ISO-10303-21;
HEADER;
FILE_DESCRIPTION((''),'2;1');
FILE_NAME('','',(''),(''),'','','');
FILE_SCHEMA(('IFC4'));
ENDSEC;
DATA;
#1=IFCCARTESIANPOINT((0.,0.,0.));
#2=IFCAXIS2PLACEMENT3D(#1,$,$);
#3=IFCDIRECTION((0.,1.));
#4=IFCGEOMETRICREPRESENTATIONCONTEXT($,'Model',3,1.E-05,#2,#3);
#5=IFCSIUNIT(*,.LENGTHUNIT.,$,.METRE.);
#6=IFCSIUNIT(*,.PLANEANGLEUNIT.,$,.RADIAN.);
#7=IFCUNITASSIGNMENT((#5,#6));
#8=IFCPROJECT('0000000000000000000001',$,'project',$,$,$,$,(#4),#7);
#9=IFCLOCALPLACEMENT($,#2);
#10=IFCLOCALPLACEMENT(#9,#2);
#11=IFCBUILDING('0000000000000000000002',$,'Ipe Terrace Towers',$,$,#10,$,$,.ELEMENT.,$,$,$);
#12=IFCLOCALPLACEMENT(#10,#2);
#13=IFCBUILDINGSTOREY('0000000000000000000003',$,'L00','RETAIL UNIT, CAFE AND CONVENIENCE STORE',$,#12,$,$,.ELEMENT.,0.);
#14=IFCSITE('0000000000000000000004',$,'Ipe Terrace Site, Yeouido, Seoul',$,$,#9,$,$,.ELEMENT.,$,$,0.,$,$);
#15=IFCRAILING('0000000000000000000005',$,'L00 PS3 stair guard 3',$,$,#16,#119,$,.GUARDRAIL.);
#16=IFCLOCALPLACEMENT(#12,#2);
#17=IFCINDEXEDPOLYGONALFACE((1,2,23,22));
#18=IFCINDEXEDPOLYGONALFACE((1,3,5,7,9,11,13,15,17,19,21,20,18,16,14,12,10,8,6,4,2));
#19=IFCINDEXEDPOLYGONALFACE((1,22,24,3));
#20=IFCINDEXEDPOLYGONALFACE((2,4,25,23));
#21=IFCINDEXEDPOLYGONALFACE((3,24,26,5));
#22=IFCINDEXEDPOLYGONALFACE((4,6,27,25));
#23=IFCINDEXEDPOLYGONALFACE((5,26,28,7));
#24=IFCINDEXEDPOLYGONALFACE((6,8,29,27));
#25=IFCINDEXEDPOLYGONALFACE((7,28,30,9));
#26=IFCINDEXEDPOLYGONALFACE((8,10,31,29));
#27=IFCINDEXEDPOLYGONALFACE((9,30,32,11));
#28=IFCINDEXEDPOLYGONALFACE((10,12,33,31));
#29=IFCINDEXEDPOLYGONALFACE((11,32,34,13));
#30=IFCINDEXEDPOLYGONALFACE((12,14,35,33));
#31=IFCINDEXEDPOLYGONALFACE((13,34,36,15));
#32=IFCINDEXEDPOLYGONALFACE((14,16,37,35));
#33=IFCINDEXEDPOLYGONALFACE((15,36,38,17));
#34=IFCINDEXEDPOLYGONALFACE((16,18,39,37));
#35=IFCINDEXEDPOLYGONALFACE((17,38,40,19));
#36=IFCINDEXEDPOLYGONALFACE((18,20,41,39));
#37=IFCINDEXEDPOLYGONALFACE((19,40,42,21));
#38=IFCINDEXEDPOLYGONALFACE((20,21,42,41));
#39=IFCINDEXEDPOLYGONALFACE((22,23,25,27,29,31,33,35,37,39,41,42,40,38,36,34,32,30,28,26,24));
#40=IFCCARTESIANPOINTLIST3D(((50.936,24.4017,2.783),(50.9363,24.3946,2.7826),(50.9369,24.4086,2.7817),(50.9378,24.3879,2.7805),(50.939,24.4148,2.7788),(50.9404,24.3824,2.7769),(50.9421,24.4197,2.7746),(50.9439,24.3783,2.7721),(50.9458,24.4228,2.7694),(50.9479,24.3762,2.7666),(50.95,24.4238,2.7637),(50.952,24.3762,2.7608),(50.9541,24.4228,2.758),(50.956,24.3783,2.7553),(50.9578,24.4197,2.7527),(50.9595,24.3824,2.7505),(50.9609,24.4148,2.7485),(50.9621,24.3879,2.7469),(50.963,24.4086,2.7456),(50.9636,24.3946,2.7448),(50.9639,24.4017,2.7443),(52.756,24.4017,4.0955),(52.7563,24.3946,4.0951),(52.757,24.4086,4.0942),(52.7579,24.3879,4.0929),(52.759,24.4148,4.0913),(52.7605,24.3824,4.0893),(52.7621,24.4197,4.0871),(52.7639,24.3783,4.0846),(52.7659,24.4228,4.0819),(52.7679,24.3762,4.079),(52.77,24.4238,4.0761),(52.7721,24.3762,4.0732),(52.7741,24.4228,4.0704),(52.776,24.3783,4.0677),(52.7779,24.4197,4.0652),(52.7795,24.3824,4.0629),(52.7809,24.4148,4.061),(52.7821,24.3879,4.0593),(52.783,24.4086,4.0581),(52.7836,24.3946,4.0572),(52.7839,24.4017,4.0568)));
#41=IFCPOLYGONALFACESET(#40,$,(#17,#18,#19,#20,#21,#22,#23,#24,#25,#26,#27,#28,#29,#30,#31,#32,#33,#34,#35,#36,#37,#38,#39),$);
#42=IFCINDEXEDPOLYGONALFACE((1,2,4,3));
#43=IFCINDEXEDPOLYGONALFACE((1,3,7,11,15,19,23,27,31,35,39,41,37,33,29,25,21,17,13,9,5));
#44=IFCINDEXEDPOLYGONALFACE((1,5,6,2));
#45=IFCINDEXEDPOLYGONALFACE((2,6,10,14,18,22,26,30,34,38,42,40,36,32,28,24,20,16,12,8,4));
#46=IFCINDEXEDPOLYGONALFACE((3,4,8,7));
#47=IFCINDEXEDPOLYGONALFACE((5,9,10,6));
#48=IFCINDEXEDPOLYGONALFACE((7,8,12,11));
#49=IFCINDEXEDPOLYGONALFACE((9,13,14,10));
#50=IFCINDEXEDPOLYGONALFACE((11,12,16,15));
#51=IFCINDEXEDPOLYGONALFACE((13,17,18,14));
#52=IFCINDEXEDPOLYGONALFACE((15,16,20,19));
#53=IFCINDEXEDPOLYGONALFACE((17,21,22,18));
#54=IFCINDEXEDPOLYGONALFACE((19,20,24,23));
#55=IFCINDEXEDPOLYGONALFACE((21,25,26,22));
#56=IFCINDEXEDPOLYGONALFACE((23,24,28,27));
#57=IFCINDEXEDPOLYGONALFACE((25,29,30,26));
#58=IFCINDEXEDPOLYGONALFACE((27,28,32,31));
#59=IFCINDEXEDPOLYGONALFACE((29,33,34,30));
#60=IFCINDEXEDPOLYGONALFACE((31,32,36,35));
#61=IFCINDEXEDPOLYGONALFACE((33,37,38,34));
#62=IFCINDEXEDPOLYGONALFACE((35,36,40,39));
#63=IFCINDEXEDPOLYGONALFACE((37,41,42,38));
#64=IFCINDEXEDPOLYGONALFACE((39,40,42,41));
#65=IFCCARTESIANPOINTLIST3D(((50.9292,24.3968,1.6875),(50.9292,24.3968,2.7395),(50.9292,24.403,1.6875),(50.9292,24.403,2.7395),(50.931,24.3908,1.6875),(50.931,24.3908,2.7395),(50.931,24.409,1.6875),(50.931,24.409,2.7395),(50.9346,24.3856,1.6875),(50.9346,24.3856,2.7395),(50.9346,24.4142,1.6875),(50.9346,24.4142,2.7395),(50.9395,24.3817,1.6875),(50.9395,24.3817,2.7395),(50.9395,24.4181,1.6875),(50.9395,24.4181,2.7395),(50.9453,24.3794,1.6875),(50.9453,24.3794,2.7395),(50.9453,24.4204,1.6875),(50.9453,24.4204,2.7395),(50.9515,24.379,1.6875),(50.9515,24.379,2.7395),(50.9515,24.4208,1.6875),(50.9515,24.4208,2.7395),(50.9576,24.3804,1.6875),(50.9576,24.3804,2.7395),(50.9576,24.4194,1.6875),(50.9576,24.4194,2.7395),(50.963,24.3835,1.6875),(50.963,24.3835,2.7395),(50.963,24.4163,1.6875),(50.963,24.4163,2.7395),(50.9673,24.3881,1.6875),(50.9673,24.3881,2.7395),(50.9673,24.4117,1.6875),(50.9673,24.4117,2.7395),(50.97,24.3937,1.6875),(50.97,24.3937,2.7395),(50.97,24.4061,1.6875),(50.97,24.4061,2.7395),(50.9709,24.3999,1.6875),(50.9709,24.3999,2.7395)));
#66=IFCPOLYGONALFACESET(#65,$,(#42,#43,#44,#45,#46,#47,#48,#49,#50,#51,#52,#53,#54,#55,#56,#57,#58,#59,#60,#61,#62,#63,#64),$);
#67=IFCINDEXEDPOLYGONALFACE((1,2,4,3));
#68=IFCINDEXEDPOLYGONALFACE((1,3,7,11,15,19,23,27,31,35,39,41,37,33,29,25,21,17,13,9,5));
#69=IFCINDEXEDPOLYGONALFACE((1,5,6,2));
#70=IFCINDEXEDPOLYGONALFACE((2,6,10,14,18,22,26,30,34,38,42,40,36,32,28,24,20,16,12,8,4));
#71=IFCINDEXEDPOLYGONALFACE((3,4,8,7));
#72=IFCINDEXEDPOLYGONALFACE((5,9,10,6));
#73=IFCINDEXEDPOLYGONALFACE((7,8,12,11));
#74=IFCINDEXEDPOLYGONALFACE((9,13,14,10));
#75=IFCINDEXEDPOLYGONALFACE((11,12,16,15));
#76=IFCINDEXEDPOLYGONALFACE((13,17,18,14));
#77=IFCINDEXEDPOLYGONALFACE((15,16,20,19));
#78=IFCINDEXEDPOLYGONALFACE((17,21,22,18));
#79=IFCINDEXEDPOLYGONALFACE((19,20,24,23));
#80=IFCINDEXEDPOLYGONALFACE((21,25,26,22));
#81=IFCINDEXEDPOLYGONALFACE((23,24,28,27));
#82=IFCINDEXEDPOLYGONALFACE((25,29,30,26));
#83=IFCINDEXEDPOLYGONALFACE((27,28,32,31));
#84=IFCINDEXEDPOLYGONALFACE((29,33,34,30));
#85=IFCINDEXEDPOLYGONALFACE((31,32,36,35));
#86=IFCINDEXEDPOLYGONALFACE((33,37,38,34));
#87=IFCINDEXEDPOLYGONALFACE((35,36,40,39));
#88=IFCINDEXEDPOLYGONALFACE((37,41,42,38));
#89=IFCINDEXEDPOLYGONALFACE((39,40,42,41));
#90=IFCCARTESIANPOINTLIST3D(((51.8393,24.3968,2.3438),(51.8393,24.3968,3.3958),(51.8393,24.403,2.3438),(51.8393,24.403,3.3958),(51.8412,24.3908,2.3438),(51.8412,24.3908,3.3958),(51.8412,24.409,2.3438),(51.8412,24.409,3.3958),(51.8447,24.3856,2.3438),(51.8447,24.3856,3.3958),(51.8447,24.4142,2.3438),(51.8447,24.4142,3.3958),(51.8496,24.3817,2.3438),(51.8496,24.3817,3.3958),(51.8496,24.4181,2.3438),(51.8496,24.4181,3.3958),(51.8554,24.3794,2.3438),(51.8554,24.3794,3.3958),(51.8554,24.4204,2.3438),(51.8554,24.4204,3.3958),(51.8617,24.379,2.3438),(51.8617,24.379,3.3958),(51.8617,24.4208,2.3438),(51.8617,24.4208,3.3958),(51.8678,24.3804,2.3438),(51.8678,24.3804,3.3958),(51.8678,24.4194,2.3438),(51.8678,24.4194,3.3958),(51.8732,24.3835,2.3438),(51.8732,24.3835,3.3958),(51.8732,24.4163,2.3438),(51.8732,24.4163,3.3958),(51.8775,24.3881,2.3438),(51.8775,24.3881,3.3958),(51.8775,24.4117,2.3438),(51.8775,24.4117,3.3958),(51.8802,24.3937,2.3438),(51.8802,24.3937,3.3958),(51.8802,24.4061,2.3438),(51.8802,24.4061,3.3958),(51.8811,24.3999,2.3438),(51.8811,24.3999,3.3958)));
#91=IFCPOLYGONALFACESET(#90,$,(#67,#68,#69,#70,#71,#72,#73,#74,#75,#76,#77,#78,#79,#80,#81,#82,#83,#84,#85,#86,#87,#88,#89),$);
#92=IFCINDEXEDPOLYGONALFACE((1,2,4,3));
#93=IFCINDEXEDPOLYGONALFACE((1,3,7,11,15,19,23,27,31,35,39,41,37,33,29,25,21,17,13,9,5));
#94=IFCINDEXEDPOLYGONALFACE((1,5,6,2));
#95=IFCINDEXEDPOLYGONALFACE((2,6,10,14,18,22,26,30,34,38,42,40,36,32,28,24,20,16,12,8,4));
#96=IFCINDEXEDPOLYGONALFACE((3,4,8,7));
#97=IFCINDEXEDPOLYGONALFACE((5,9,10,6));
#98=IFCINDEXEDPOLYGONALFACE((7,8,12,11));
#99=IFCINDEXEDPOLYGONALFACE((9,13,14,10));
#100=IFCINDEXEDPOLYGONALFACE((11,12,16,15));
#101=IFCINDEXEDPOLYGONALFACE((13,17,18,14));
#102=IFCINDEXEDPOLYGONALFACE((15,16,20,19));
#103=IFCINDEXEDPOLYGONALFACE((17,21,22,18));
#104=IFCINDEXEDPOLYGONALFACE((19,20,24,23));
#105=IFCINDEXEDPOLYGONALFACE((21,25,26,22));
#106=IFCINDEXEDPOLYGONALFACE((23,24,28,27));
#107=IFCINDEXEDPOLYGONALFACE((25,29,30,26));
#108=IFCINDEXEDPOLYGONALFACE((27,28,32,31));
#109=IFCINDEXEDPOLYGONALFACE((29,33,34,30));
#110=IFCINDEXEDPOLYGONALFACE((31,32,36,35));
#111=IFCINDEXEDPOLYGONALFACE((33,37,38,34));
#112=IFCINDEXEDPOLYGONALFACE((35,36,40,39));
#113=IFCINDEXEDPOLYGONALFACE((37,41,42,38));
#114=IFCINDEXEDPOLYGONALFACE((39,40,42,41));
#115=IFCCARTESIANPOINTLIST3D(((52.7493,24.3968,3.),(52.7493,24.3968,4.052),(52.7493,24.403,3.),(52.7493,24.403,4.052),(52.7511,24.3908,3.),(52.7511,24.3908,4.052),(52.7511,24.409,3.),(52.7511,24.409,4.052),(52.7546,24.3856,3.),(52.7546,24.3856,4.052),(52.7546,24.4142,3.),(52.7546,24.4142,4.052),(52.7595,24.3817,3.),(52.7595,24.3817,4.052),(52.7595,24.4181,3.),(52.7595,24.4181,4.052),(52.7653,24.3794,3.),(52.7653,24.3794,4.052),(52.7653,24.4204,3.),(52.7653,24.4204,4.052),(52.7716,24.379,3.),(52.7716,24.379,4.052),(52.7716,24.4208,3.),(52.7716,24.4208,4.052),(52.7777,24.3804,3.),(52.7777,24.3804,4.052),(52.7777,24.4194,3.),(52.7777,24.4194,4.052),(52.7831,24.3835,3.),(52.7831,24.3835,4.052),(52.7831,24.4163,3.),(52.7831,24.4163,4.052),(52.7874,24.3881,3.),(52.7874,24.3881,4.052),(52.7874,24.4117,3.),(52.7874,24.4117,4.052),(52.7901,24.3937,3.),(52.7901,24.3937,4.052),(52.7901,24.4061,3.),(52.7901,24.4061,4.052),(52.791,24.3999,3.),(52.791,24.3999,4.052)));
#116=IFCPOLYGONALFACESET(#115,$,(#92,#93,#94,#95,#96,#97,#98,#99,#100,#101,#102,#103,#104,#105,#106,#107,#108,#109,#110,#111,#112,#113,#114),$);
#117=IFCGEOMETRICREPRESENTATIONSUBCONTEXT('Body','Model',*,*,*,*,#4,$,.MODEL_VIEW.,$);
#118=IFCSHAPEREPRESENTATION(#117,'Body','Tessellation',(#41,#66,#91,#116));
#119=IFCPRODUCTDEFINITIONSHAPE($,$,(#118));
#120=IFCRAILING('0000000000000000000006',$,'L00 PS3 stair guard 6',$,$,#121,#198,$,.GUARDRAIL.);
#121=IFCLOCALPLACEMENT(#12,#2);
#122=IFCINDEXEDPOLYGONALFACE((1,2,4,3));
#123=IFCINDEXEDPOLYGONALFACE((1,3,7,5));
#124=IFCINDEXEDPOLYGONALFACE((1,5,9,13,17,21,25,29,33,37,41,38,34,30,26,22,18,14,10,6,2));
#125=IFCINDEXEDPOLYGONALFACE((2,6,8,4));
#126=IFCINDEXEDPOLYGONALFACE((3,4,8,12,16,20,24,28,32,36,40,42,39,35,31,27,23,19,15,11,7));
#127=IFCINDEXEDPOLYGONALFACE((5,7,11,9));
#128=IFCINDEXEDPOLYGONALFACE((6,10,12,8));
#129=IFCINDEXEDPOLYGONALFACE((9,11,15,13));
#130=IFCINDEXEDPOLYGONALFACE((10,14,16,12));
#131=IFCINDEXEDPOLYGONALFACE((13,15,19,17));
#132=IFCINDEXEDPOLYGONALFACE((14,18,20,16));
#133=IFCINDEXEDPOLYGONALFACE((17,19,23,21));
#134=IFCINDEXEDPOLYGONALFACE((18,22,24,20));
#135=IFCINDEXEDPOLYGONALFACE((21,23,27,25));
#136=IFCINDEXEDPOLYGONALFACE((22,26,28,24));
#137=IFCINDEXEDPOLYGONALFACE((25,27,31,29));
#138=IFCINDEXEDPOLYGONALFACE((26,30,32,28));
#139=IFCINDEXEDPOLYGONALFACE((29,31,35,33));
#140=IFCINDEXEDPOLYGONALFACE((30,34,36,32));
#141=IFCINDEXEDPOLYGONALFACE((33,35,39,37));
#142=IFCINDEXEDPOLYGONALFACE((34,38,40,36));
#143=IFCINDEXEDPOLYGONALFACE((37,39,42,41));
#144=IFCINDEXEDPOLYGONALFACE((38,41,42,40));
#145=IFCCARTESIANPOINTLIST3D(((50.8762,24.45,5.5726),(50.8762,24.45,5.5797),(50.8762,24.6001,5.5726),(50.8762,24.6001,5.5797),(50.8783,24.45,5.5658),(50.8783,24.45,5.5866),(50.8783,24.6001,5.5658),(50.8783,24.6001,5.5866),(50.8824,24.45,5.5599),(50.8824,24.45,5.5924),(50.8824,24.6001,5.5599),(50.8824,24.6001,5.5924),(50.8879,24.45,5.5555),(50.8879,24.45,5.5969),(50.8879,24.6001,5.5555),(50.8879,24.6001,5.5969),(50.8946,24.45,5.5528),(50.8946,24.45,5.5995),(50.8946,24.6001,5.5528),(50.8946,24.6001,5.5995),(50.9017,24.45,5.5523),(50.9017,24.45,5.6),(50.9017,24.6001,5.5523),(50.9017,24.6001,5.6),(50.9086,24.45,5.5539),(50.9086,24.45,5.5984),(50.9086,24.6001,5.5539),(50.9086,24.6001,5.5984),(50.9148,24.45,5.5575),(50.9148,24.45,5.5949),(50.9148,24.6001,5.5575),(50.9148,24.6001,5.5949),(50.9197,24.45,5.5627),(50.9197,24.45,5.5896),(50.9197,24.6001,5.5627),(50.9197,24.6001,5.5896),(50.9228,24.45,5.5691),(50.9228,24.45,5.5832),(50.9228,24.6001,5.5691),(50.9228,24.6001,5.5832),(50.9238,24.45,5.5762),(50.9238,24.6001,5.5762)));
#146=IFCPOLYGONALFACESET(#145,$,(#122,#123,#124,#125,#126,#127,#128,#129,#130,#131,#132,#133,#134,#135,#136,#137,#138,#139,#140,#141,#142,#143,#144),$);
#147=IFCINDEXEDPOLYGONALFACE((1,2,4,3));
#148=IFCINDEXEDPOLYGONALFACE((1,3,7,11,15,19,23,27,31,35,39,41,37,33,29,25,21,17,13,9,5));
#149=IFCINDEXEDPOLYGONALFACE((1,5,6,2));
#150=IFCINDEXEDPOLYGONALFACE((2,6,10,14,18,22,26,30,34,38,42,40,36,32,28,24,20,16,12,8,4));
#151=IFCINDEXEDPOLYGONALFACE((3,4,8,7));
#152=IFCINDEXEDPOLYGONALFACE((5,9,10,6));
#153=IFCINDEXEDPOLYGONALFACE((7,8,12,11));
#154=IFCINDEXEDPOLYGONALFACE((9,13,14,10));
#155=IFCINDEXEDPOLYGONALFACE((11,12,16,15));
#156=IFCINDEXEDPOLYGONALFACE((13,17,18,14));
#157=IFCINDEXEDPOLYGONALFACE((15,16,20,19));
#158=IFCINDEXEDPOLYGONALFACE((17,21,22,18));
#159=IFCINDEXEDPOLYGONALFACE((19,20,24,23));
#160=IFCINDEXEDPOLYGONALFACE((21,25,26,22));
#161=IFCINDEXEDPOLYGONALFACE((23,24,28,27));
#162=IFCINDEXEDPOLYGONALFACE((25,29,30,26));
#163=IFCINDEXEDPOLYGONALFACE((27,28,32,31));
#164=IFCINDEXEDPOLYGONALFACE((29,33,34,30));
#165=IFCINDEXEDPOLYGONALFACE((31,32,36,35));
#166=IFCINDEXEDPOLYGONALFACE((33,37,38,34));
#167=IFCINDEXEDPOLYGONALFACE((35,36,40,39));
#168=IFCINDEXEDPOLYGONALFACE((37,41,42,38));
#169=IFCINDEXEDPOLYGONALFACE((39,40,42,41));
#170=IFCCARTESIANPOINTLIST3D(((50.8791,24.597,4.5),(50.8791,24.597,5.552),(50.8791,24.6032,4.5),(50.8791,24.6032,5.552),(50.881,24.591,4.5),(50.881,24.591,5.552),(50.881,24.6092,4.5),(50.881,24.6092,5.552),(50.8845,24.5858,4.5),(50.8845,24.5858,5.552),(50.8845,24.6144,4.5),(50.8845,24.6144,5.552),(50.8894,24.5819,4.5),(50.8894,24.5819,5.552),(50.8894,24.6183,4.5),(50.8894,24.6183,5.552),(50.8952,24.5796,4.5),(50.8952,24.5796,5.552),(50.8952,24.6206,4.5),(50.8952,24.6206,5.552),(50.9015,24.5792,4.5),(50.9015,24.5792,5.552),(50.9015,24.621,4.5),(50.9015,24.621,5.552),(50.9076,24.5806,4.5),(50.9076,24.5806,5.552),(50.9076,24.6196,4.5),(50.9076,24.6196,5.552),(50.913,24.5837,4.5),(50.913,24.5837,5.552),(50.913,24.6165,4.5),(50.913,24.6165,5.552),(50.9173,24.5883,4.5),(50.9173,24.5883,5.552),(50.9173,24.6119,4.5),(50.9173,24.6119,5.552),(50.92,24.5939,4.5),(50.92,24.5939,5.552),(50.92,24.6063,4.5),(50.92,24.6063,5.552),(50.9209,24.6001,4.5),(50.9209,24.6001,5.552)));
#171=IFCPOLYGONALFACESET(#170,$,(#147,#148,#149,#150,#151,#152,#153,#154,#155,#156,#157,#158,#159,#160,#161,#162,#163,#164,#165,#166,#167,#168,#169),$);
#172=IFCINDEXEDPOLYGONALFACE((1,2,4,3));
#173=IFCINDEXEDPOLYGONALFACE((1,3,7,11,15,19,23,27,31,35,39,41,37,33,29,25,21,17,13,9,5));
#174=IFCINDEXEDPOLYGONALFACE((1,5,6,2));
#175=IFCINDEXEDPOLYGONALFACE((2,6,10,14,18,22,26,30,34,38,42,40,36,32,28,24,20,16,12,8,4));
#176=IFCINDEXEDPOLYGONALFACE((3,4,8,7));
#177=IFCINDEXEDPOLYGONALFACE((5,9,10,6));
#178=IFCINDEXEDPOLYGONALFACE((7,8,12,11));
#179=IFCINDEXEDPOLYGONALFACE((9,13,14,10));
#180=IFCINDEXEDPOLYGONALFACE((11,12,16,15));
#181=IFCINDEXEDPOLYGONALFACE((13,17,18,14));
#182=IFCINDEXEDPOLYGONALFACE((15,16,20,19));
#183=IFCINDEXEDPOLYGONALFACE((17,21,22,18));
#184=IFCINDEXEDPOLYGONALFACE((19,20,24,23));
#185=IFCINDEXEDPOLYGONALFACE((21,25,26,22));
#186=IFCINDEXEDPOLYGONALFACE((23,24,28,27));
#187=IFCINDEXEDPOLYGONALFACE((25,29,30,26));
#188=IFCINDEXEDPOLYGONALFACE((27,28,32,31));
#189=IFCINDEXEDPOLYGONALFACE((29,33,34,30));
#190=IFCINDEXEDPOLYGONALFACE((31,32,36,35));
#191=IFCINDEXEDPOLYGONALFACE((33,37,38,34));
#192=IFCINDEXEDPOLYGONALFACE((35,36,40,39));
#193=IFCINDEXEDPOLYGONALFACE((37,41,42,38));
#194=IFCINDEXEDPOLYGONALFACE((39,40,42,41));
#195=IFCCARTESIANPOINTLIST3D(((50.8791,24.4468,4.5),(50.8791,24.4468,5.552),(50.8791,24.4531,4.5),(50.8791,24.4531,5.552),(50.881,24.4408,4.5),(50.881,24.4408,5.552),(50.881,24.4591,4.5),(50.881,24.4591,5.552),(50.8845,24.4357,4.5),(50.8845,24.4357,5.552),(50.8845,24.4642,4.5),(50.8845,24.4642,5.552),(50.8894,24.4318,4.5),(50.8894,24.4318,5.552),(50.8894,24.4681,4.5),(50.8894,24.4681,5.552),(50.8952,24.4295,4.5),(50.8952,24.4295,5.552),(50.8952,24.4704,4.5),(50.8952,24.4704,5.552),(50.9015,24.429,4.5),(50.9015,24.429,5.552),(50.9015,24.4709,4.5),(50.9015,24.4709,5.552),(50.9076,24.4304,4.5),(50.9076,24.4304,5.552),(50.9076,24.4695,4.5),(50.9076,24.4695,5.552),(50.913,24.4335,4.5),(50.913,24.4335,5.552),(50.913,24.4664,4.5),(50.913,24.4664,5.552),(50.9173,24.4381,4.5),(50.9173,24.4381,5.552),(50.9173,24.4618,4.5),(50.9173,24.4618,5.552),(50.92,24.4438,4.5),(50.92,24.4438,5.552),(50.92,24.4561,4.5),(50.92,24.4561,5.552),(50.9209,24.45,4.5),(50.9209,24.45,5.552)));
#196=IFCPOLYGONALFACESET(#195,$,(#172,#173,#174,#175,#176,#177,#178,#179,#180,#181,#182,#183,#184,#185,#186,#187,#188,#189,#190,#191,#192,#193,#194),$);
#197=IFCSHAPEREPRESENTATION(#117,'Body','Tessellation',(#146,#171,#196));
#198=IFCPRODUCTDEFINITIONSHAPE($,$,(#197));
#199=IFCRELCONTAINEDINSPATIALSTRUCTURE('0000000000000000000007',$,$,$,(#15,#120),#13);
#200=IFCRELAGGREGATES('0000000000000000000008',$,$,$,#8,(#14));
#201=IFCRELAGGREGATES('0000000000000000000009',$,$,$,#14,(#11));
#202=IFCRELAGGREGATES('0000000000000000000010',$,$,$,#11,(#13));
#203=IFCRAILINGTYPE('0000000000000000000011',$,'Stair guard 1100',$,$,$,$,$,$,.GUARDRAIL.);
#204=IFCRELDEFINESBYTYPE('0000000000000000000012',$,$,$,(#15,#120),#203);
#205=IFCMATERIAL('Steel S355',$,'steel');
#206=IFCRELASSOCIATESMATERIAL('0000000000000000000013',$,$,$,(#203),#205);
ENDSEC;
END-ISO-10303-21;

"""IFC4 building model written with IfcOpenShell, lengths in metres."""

from ifc_helpers import new_model, si_unit, direction, frame, origin, origin_2d, place, context, subcontext, project, spatial, circle, extrude, material, type_object, element, save


model = new_model("IFC4")

# Units and contexts
model_context = context("Model", 3, precision=1e-05, world=origin(), true_north=direction((0.0, 1.0)))
body_context = subcontext(model_context, "Body", "Model", "MODEL_VIEW")
ifc_project = project(units=[si_unit("LENGTHUNIT", "METRE"), si_unit("PLANEANGLEUNIT", "RADIAN")], contexts=[model_context])

# Site, building, storey
site_placement = place(None, origin())
site = spatial("IfcSite", under=ifc_project, at=site_placement, Name="Ipe Terrace Site, Yeouido, Seoul", CompositionType="ELEMENT", RefElevation=0.0)
building_placement = place(site_placement, origin())
building = spatial("IfcBuilding", under=site, at=building_placement, Name="Ipe Terrace Towers", CompositionType="ELEMENT")
storey_placement = place(building_placement, origin())
storey = spatial("IfcBuildingStorey", under=building, at=storey_placement, Name="L00", Description="RETAIL UNIT, CAFE AND CONVENIENCE STORE", CompositionType="ELEMENT", Elevation=0.0)

# Railings
ifc_material_1 = material(Name="Steel S355", Category="steel")
railing_type_1 = type_object("IfcRailingType", Name="Stair guard 1100", PredefinedType="GUARDRAIL", material=ifc_material_1)
railing_1_placement = place(storey_placement, frame((50.95, 24.3999, 1.6875)))
element("IfcRailing", 1, at=railing_1_placement, inside=storey, type_object=railing_type_1, Name="L00 PS3 stair guard 3", PredefinedType="GUARDRAIL", context=body_context, shape_type="SweptSolid", body=[
    extrude(circle(Radius=0.0239, at=origin_2d()), frame((0.0, 0.0, 1.0762), z_axis=(0.811101, 0.0, 0.584906), x_axis=(0.0, 1.0, 0.0)), (0.0, 0.0, 1.0), 2.2439),
    extrude(circle(Radius=0.021, at=origin_2d()), origin(), (0.0, 0.0, 1.0), 1.052),
    extrude(circle(Radius=0.021, at=origin_2d()), frame((0.9102, 0.0, 0.6562)), (0.0, 0.0, 1.0), 1.052),
    extrude(circle(Radius=0.021, at=origin_2d()), frame((1.8201, 0.0, 1.3125)), (0.0, 0.0, 1.0), 1.052),
])
railing_2_placement = place(storey_placement, frame((50.8999, 24.6001, 4.5)))
element("IfcRailing", 2, at=railing_2_placement, inside=storey, type_object=railing_type_1, Name="L00 PS3 stair guard 6", PredefinedType="GUARDRAIL", context=body_context, shape_type="SweptSolid", body=[
    extrude(circle(Radius=0.0239, at=origin_2d()), frame((0.0, 0.0, 1.0762), z_axis=(0.0, -1.0, 0.0), x_axis=(1.0, 0.0, 0.0)), (0.0, 0.0, 1.0), 0.1501),
    extrude(circle(Radius=0.021, at=origin_2d()), origin(), (0.0, 0.0, 1.0), 1.052),
    extrude(circle(Radius=0.021, at=origin_2d()), frame((0.0, -0.1501, 0.0)), (0.0, 0.0, 1.0), 1.052),
])

save(model, "model.ifc")
